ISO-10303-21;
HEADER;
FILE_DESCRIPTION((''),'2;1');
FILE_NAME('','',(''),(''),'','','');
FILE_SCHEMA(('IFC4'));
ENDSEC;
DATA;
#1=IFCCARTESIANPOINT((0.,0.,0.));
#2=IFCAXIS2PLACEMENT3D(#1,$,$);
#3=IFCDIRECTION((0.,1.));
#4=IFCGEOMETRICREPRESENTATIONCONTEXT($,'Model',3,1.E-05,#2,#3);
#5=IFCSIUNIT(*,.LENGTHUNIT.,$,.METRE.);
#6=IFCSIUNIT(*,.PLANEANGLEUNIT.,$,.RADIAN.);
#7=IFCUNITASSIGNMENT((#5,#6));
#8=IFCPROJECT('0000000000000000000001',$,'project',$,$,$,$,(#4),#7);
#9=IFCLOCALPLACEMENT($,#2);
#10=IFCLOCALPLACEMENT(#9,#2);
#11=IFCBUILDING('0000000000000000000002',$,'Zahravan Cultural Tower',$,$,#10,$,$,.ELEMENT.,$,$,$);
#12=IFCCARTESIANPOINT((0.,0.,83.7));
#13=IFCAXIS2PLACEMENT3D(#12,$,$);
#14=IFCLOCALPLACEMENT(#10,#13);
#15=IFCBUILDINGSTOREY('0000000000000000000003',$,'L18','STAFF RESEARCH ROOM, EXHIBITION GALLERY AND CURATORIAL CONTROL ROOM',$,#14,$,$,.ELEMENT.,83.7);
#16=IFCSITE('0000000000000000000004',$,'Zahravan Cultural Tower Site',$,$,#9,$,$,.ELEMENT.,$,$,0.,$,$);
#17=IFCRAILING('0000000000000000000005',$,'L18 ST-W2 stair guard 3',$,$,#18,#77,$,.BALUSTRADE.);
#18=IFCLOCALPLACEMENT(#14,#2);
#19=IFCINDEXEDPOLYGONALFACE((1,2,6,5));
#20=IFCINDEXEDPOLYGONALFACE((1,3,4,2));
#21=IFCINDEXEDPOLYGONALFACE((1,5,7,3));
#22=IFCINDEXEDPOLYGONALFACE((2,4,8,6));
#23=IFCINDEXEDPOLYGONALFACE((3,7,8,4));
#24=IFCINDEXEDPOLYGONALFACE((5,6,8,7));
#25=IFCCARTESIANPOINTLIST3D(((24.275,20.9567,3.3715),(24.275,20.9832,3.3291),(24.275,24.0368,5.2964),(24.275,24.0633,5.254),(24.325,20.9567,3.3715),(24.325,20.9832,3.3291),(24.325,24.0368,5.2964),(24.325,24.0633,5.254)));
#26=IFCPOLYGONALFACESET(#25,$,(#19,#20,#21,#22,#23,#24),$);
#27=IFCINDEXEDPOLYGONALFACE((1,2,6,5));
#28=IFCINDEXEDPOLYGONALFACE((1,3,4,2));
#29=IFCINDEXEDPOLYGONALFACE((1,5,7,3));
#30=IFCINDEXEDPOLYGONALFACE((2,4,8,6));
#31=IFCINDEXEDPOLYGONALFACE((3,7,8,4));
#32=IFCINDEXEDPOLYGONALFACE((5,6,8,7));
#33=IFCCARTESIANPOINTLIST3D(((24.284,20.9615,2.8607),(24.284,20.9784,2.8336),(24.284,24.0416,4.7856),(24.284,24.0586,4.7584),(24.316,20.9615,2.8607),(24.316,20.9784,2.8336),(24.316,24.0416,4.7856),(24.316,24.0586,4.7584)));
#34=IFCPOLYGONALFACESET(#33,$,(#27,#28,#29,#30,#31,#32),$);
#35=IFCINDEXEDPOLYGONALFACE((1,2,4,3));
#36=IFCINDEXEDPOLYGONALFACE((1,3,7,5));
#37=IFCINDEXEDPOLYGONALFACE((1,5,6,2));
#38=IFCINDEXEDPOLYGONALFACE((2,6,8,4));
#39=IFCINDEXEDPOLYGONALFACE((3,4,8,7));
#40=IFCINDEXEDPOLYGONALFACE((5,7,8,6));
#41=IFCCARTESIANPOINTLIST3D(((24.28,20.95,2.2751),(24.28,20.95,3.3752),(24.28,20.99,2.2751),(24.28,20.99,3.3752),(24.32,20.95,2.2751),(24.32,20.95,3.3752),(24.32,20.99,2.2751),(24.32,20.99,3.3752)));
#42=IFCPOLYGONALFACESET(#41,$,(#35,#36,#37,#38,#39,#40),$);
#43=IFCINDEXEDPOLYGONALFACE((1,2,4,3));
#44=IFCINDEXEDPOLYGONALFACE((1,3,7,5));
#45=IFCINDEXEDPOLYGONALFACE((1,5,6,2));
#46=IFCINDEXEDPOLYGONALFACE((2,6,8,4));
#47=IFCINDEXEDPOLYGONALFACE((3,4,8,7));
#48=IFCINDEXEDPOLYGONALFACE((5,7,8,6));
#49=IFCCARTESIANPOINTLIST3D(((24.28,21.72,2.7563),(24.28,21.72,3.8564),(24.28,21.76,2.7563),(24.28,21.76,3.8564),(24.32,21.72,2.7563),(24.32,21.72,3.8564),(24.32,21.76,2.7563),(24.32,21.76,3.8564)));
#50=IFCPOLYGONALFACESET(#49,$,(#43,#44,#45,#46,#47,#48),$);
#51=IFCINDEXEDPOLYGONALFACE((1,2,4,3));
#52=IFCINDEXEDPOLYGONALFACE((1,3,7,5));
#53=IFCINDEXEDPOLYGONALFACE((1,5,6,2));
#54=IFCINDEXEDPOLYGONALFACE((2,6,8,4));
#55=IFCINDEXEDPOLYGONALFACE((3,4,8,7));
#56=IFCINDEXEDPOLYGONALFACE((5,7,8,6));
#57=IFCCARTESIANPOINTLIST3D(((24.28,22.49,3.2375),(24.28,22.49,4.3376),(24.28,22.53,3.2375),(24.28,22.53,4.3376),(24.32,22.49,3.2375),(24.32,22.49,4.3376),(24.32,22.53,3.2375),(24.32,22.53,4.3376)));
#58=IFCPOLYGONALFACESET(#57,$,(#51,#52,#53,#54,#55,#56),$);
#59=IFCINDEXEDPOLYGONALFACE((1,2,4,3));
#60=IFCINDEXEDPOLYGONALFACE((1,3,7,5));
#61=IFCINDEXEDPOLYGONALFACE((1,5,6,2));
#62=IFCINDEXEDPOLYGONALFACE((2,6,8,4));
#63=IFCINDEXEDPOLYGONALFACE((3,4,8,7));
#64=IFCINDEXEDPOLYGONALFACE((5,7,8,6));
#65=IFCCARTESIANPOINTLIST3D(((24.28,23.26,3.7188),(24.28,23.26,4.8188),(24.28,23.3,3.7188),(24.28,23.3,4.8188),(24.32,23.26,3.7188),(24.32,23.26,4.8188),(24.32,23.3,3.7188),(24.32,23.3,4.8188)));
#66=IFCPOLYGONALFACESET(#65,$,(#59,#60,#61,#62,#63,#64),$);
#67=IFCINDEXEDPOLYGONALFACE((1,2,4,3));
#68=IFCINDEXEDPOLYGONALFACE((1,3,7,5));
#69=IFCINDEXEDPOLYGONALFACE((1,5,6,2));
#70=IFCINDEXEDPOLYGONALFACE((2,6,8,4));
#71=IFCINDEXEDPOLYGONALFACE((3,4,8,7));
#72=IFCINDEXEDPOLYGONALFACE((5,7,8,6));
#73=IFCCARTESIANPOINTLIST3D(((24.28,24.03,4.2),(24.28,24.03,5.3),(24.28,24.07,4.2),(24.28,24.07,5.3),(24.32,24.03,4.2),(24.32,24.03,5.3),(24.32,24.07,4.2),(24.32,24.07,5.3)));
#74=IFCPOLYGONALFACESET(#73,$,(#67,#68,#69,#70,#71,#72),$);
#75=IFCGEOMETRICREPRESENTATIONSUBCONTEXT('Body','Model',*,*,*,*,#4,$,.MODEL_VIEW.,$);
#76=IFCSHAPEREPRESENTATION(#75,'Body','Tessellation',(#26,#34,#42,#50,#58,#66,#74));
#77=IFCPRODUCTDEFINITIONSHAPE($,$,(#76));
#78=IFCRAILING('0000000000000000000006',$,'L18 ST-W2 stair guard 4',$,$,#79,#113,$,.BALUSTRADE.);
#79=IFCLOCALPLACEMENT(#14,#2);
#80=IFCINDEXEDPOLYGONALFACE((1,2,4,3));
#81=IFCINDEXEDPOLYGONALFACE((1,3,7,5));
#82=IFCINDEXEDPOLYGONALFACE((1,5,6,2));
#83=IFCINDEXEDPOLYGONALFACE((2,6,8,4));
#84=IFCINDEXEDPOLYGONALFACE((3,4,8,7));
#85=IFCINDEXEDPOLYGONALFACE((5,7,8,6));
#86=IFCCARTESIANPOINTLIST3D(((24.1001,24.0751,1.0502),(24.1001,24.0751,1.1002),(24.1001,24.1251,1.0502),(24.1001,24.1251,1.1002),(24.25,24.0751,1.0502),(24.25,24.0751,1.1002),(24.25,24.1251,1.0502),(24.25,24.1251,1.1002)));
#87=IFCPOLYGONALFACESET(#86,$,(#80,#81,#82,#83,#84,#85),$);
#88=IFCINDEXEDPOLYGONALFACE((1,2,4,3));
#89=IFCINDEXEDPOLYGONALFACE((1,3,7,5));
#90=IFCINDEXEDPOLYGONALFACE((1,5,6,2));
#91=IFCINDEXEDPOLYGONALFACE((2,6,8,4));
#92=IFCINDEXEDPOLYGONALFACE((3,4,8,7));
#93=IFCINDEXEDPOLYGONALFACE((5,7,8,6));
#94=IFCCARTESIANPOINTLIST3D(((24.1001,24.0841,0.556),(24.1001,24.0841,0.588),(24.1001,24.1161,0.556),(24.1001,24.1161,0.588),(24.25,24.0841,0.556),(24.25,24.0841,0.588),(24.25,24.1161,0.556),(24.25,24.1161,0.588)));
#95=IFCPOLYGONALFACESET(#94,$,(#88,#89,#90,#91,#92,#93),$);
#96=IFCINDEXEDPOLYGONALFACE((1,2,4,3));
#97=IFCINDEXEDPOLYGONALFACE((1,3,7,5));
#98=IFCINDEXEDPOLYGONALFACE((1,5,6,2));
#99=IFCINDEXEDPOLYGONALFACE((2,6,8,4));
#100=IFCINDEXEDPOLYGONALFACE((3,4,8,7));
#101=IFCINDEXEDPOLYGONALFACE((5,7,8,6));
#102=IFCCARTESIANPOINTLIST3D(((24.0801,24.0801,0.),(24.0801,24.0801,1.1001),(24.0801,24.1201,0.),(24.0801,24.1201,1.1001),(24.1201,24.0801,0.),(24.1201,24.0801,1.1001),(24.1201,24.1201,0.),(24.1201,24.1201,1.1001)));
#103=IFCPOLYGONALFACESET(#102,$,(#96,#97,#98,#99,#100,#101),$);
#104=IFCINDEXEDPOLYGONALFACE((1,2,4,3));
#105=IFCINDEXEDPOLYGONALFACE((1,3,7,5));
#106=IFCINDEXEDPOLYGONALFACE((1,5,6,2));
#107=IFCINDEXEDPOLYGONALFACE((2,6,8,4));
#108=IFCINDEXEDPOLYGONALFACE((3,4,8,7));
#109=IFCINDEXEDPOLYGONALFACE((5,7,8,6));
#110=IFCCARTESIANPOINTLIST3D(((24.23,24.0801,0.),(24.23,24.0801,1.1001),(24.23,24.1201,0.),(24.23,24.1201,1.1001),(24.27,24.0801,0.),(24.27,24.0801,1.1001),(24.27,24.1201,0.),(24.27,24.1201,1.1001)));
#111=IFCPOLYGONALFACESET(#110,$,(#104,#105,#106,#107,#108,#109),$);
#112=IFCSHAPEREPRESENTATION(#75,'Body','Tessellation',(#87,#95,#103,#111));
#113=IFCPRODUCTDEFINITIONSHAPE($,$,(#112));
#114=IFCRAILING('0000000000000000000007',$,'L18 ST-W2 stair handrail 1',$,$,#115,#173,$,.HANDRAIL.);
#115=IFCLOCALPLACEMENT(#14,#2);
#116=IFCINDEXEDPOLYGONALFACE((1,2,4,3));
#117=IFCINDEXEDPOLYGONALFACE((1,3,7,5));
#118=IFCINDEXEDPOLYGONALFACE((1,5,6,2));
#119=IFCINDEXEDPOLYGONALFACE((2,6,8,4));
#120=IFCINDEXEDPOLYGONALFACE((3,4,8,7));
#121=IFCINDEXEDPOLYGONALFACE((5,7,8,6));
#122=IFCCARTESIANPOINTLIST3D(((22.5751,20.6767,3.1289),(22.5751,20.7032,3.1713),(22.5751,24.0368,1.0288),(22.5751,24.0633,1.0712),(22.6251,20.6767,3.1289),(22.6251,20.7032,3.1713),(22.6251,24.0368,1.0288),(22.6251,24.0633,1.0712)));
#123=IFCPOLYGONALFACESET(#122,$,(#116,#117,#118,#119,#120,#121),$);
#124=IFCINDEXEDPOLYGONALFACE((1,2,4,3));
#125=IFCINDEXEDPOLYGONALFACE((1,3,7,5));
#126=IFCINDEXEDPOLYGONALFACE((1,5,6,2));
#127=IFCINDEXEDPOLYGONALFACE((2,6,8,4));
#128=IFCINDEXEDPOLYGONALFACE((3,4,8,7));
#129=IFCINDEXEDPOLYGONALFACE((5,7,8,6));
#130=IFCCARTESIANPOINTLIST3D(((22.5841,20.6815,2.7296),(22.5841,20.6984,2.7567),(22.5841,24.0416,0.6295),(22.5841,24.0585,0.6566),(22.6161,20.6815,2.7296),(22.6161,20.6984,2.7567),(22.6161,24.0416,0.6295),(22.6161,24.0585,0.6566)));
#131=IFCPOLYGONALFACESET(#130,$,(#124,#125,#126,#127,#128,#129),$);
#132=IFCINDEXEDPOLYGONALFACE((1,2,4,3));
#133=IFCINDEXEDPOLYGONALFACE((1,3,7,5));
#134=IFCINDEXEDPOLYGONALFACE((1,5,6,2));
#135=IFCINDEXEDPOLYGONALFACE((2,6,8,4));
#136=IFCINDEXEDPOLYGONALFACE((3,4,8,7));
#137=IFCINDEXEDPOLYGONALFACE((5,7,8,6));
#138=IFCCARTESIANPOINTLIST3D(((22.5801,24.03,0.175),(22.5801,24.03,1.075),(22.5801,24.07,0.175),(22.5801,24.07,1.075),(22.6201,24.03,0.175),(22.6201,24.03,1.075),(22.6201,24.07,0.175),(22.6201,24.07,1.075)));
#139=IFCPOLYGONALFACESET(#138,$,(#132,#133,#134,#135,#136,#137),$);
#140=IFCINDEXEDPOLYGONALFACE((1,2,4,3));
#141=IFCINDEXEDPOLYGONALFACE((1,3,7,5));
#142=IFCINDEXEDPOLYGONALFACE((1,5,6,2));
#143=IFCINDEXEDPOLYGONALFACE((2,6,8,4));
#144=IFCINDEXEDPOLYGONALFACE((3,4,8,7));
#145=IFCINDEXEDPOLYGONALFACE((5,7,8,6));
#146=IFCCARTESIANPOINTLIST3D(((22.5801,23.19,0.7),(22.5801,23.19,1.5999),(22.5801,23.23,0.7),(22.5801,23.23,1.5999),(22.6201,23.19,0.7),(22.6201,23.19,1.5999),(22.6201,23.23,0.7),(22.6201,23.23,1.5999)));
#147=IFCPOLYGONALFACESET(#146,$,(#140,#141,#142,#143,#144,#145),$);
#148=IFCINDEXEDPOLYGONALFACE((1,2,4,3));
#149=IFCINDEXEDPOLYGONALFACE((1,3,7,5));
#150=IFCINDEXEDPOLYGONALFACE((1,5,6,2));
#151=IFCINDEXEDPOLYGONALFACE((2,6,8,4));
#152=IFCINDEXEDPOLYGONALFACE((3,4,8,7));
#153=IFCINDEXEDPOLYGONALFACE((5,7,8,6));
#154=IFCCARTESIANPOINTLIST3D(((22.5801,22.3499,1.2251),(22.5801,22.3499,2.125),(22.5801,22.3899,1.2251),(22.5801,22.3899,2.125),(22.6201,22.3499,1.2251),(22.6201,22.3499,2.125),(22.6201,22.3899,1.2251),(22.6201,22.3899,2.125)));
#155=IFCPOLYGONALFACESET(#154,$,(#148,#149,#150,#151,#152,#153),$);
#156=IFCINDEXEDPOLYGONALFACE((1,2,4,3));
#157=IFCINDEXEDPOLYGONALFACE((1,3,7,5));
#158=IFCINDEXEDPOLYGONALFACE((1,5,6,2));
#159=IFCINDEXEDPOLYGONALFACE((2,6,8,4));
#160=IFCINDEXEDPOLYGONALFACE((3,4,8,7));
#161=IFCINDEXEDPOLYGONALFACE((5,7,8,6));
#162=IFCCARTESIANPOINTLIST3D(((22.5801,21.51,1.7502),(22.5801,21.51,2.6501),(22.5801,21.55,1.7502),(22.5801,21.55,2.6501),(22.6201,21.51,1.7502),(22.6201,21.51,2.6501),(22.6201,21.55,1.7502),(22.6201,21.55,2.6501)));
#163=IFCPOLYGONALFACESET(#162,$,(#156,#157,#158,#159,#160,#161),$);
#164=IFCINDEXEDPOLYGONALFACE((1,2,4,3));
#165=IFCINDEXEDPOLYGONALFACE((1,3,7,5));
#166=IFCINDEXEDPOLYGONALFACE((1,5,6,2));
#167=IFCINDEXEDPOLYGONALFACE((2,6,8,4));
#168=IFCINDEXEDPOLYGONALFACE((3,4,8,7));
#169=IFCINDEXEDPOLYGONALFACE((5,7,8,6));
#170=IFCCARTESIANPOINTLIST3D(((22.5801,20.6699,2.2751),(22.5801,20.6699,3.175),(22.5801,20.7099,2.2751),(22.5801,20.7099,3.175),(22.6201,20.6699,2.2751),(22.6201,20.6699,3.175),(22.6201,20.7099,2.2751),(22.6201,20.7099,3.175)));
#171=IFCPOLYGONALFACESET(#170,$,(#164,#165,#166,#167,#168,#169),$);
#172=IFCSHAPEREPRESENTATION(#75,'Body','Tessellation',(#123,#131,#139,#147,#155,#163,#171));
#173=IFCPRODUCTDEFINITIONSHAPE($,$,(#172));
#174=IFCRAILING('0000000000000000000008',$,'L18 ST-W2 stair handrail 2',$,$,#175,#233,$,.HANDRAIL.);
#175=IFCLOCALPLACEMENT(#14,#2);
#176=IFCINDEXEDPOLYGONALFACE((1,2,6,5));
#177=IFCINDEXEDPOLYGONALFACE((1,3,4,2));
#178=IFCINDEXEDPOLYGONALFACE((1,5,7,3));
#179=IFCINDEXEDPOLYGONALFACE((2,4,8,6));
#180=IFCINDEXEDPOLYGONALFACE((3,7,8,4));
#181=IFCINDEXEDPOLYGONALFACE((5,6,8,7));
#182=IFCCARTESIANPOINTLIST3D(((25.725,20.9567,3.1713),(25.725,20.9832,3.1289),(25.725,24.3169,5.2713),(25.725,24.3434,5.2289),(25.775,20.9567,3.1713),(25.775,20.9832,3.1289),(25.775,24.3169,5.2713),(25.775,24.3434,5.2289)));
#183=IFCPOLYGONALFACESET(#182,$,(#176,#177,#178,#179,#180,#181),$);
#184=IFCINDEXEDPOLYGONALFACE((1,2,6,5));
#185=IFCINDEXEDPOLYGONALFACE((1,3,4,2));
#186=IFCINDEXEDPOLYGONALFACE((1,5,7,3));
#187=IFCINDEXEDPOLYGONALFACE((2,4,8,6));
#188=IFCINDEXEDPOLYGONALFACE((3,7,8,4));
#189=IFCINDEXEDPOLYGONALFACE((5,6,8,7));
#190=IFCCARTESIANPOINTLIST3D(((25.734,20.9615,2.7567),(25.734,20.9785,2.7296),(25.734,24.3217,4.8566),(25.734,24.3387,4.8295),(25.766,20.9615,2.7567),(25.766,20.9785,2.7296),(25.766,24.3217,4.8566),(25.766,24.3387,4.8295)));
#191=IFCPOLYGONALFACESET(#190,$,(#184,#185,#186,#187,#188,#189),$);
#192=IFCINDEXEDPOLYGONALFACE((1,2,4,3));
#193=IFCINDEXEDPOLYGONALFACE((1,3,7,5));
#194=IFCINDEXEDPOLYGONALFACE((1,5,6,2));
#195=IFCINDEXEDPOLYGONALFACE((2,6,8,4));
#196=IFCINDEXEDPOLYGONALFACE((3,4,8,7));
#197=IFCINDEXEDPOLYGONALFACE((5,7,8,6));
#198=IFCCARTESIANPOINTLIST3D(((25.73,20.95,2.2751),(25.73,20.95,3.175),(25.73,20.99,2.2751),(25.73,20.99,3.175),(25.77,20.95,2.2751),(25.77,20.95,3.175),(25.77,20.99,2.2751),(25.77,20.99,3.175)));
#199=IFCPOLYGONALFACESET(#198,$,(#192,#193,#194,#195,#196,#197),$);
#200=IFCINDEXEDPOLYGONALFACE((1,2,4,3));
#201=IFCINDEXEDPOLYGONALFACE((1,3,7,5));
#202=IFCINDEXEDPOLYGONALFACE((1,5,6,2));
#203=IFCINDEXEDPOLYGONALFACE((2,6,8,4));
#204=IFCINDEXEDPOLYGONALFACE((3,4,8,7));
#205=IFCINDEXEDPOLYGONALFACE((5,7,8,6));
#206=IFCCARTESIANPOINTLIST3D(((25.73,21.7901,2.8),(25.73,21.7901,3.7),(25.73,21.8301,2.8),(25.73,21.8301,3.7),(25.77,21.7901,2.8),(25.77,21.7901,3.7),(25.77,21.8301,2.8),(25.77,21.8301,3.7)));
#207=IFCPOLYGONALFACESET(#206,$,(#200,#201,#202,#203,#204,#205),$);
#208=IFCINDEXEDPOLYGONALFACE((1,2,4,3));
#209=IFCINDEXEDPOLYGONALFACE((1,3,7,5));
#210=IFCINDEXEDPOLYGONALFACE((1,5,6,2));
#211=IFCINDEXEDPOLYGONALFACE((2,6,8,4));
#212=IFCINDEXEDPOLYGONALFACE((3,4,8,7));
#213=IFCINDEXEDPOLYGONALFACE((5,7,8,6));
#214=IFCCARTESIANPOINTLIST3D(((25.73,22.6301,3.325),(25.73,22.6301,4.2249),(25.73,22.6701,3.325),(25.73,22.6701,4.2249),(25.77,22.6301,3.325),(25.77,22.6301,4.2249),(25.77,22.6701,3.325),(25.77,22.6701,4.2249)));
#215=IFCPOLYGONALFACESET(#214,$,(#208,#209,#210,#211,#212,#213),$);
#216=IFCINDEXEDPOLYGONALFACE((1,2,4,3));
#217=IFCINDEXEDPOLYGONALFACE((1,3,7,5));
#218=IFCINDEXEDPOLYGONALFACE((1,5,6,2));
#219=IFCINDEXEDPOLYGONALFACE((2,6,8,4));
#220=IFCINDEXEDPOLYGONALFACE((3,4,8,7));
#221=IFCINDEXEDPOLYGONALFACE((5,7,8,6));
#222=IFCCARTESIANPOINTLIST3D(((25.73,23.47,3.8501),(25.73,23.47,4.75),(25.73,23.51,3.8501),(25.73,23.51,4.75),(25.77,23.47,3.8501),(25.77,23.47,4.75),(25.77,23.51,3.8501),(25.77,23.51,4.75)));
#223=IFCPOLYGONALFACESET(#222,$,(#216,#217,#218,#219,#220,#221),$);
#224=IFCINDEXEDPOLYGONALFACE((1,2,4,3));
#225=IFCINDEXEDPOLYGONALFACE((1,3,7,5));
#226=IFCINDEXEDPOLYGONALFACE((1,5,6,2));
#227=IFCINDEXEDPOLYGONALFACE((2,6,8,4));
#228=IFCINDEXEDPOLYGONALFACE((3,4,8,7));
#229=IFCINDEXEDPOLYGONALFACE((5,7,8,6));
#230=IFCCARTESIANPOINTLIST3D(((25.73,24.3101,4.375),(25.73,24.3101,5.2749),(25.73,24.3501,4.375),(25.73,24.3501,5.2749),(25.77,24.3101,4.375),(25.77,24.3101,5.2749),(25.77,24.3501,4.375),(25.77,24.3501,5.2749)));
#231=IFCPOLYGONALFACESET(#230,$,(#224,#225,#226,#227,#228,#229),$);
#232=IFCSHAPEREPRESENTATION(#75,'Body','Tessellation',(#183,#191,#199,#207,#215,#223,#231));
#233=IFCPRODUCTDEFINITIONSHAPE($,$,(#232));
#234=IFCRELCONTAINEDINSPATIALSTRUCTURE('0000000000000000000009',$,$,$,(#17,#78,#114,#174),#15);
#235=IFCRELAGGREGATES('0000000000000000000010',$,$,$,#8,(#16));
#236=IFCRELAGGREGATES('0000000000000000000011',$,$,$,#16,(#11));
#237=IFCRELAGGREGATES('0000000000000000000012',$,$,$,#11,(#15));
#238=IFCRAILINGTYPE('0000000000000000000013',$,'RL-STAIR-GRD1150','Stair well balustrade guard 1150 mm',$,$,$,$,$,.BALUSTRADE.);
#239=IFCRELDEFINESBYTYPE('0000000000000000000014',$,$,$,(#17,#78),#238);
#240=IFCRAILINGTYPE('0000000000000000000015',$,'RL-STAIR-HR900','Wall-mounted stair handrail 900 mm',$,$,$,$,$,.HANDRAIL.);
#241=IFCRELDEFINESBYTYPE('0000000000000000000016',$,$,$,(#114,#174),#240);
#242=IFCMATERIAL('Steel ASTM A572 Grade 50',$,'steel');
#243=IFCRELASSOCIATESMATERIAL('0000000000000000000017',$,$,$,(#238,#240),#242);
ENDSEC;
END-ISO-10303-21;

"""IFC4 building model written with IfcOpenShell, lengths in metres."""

from ifc_helpers import new_model, si_unit, direction, frame, origin, origin_2d, place, context, subcontext, project, spatial, rectangle, extrude, material, type_object, element, save


model = new_model("IFC4")

# Units and contexts
model_context = context("Model", 3, precision=1e-05, world=origin(), true_north=direction((0.0, 1.0)))
body_context = subcontext(model_context, "Body", "Model", "MODEL_VIEW")
ifc_project = project(units=[si_unit("LENGTHUNIT", "METRE"), si_unit("PLANEANGLEUNIT", "RADIAN")], contexts=[model_context])

# Site, building, storey
site_placement = place(None, origin())
site = spatial("IfcSite", under=ifc_project, at=site_placement, Name="Zahravan Cultural Tower Site", CompositionType="ELEMENT", RefElevation=0.0)
building_placement = place(site_placement, origin())
building = spatial("IfcBuilding", under=site, at=building_placement, Name="Zahravan Cultural Tower", CompositionType="ELEMENT")
storey_placement = place(building_placement, frame((0.0, 0.0, 83.7)))
storey = spatial("IfcBuildingStorey", under=building, at=storey_placement, Name="L18", Description="STAFF RESEARCH ROOM, EXHIBITION GALLERY AND CURATORIAL CONTROL ROOM", CompositionType="ELEMENT", Elevation=83.7)

# Shared definitions
ifc_material_1 = material(Name="Steel ASTM A572 Grade 50", Category="steel")

# Railings
railing_type_1 = type_object("IfcRailingType", Name="RL-STAIR-GRD1150", Description="Stair well balustrade guard 1150 mm", PredefinedType="BALUSTRADE", material=ifc_material_1)
railing_1_placement = place(storey_placement, frame((24.3, 20.97, 2.2751)))
element("IfcRailing", 1, at=railing_1_placement, inside=storey, type_object=railing_type_1, Name="L18 ST-W2 stair guard 3", PredefinedType="BALUSTRADE", context=body_context, shape_type="SweptSolid", body=[
    extrude(rectangle(XDim=0.05, YDim=0.05, at=origin_2d()), frame((0.0, 0.0, 1.0752), z_axis=(0.0, 0.848029, 0.529951), x_axis=(-1.0, 0.0, 0.0)), (0.0, 0.0, 1.0), 3.6321),
    extrude(rectangle(XDim=0.032, YDim=0.032, at=origin_2d()), frame((0.0, 0.0, 0.572), z_axis=(0.0, 0.848029, 0.529951), x_axis=(-1.0, 0.0, 0.0)), (0.0, 0.0, 1.0), 3.6321),
    extrude(rectangle(XDim=0.04, YDim=0.04, at=origin_2d()), origin(), (0.0, 0.0, 1.0), 1.1001),
    extrude(rectangle(XDim=0.04, YDim=0.04, at=origin_2d()), frame((0.0, 0.77, 0.4812)), (0.0, 0.0, 1.0), 1.1001),
    extrude(rectangle(XDim=0.04, YDim=0.04, at=origin_2d()), frame((0.0, 1.54, 0.9624)), (0.0, 0.0, 1.0), 1.1001),
    extrude(rectangle(XDim=0.04, YDim=0.04, at=origin_2d()), frame((0.0, 2.3101, 1.4436)), (0.0, 0.0, 1.0), 1.1001),
    extrude(rectangle(XDim=0.04, YDim=0.04, at=origin_2d()), frame((0.0, 3.0801, 1.9248)), (0.0, 0.0, 1.0), 1.1001),
])
railing_2_placement = place(storey_placement, frame((24.1001, 24.1001, 0.0)))
element("IfcRailing", 2, at=railing_2_placement, inside=storey, type_object=railing_type_1, Name="L18 ST-W2 stair guard 4", PredefinedType="BALUSTRADE", context=body_context, shape_type="SweptSolid", body=[
    extrude(rectangle(XDim=0.05, YDim=0.05, at=origin_2d()), frame((0.0, 0.0, 1.0752), z_axis=(1.0, 0.0, 0.0), x_axis=(0.0, 1.0, 0.0)), (0.0, 0.0, 1.0), 0.1499),
    extrude(rectangle(XDim=0.032, YDim=0.032, at=origin_2d()), frame((0.0, 0.0, 0.572), z_axis=(1.0, 0.0, 0.0), x_axis=(0.0, 1.0, 0.0)), (0.0, 0.0, 1.0), 0.1499),
    extrude(rectangle(XDim=0.04, YDim=0.04, at=origin_2d()), origin(), (0.0, 0.0, 1.0), 1.1001),
    extrude(rectangle(XDim=0.04, YDim=0.04, at=origin_2d()), frame((0.1499, 0.0, 0.0)), (0.0, 0.0, 1.0), 1.1001),
])
railing_type_2 = type_object("IfcRailingType", Name="RL-STAIR-HR900", Description="Wall-mounted stair handrail 900 mm", PredefinedType="HANDRAIL", material=ifc_material_1)
railing_3_placement = place(storey_placement, frame((22.6001, 24.05, 0.175)))
element("IfcRailing", 3, at=railing_3_placement, inside=storey, type_object=railing_type_2, Name="L18 ST-W2 stair handrail 1", PredefinedType="HANDRAIL", context=body_context, shape_type="SweptSolid", body=[
    extrude(rectangle(XDim=0.05, YDim=0.05, at=origin_2d()), frame((0.0, 0.0, 0.875), z_axis=(0.0, -0.847995, 0.530004), x_axis=(1.0, 0.0, 0.0)), (0.0, 0.0, 1.0), 3.9624),
    extrude(rectangle(XDim=0.032, YDim=0.032, at=origin_2d()), frame((0.0, 0.0, 0.468), z_axis=(0.0, -0.847995, 0.530004), x_axis=(1.0, 0.0, 0.0)), (0.0, 0.0, 1.0), 3.9624),
    extrude(rectangle(XDim=0.04, YDim=0.04, at=origin_2d()), origin(), (0.0, 0.0, 1.0), 0.8999),
    extrude(rectangle(XDim=0.04, YDim=0.04, at=origin_2d()), frame((0.0, -0.8401, 0.5249)), (0.0, 0.0, 1.0), 0.8999),
    extrude(rectangle(XDim=0.04, YDim=0.04, at=origin_2d()), frame((0.0, -1.6802, 1.05)), (0.0, 0.0, 1.0), 0.8999),
    extrude(rectangle(XDim=0.04, YDim=0.04, at=origin_2d()), frame((0.0, -2.52, 1.5752)), (0.0, 0.0, 1.0), 0.8999),
    extrude(rectangle(XDim=0.04, YDim=0.04, at=origin_2d()), frame((0.0, -3.3601, 2.1001)), (0.0, 0.0, 1.0), 0.8999),
])
railing_4_placement = place(storey_placement, frame((25.75, 20.97, 2.2751)))
element("IfcRailing", 4, at=railing_4_placement, inside=storey, type_object=railing_type_2, Name="L18 ST-W2 stair handrail 2", PredefinedType="HANDRAIL", context=body_context, shape_type="SweptSolid", body=[
    extrude(rectangle(XDim=0.05, YDim=0.05, at=origin_2d()), frame((0.0, 0.0, 0.875), z_axis=(0.0, 0.848023, 0.52996), x_axis=(-1.0, 0.0, 0.0)), (0.0, 0.0, 1.0), 3.9624),
    extrude(rectangle(XDim=0.032, YDim=0.032, at=origin_2d()), frame((0.0, 0.0, 0.468), z_axis=(0.0, 0.848023, 0.52996), x_axis=(-1.0, 0.0, 0.0)), (0.0, 0.0, 1.0), 3.9624),
    extrude(rectangle(XDim=0.04, YDim=0.04, at=origin_2d()), origin(), (0.0, 0.0, 1.0), 0.8999),
    extrude(rectangle(XDim=0.04, YDim=0.04, at=origin_2d()), frame((0.0, 0.8401, 0.5249)), (0.0, 0.0, 1.0), 0.8999),
    extrude(rectangle(XDim=0.04, YDim=0.04, at=origin_2d()), frame((0.0, 1.6802, 1.0498)), (0.0, 0.0, 1.0), 0.8999),
    extrude(rectangle(XDim=0.04, YDim=0.04, at=origin_2d()), frame((0.0, 2.52, 1.575)), (0.0, 0.0, 1.0), 0.8999),
    extrude(rectangle(XDim=0.04, YDim=0.04, at=origin_2d()), frame((0.0, 3.3601, 2.0999)), (0.0, 0.0, 1.0), 0.8999),
])

save(model, "model.ifc")
